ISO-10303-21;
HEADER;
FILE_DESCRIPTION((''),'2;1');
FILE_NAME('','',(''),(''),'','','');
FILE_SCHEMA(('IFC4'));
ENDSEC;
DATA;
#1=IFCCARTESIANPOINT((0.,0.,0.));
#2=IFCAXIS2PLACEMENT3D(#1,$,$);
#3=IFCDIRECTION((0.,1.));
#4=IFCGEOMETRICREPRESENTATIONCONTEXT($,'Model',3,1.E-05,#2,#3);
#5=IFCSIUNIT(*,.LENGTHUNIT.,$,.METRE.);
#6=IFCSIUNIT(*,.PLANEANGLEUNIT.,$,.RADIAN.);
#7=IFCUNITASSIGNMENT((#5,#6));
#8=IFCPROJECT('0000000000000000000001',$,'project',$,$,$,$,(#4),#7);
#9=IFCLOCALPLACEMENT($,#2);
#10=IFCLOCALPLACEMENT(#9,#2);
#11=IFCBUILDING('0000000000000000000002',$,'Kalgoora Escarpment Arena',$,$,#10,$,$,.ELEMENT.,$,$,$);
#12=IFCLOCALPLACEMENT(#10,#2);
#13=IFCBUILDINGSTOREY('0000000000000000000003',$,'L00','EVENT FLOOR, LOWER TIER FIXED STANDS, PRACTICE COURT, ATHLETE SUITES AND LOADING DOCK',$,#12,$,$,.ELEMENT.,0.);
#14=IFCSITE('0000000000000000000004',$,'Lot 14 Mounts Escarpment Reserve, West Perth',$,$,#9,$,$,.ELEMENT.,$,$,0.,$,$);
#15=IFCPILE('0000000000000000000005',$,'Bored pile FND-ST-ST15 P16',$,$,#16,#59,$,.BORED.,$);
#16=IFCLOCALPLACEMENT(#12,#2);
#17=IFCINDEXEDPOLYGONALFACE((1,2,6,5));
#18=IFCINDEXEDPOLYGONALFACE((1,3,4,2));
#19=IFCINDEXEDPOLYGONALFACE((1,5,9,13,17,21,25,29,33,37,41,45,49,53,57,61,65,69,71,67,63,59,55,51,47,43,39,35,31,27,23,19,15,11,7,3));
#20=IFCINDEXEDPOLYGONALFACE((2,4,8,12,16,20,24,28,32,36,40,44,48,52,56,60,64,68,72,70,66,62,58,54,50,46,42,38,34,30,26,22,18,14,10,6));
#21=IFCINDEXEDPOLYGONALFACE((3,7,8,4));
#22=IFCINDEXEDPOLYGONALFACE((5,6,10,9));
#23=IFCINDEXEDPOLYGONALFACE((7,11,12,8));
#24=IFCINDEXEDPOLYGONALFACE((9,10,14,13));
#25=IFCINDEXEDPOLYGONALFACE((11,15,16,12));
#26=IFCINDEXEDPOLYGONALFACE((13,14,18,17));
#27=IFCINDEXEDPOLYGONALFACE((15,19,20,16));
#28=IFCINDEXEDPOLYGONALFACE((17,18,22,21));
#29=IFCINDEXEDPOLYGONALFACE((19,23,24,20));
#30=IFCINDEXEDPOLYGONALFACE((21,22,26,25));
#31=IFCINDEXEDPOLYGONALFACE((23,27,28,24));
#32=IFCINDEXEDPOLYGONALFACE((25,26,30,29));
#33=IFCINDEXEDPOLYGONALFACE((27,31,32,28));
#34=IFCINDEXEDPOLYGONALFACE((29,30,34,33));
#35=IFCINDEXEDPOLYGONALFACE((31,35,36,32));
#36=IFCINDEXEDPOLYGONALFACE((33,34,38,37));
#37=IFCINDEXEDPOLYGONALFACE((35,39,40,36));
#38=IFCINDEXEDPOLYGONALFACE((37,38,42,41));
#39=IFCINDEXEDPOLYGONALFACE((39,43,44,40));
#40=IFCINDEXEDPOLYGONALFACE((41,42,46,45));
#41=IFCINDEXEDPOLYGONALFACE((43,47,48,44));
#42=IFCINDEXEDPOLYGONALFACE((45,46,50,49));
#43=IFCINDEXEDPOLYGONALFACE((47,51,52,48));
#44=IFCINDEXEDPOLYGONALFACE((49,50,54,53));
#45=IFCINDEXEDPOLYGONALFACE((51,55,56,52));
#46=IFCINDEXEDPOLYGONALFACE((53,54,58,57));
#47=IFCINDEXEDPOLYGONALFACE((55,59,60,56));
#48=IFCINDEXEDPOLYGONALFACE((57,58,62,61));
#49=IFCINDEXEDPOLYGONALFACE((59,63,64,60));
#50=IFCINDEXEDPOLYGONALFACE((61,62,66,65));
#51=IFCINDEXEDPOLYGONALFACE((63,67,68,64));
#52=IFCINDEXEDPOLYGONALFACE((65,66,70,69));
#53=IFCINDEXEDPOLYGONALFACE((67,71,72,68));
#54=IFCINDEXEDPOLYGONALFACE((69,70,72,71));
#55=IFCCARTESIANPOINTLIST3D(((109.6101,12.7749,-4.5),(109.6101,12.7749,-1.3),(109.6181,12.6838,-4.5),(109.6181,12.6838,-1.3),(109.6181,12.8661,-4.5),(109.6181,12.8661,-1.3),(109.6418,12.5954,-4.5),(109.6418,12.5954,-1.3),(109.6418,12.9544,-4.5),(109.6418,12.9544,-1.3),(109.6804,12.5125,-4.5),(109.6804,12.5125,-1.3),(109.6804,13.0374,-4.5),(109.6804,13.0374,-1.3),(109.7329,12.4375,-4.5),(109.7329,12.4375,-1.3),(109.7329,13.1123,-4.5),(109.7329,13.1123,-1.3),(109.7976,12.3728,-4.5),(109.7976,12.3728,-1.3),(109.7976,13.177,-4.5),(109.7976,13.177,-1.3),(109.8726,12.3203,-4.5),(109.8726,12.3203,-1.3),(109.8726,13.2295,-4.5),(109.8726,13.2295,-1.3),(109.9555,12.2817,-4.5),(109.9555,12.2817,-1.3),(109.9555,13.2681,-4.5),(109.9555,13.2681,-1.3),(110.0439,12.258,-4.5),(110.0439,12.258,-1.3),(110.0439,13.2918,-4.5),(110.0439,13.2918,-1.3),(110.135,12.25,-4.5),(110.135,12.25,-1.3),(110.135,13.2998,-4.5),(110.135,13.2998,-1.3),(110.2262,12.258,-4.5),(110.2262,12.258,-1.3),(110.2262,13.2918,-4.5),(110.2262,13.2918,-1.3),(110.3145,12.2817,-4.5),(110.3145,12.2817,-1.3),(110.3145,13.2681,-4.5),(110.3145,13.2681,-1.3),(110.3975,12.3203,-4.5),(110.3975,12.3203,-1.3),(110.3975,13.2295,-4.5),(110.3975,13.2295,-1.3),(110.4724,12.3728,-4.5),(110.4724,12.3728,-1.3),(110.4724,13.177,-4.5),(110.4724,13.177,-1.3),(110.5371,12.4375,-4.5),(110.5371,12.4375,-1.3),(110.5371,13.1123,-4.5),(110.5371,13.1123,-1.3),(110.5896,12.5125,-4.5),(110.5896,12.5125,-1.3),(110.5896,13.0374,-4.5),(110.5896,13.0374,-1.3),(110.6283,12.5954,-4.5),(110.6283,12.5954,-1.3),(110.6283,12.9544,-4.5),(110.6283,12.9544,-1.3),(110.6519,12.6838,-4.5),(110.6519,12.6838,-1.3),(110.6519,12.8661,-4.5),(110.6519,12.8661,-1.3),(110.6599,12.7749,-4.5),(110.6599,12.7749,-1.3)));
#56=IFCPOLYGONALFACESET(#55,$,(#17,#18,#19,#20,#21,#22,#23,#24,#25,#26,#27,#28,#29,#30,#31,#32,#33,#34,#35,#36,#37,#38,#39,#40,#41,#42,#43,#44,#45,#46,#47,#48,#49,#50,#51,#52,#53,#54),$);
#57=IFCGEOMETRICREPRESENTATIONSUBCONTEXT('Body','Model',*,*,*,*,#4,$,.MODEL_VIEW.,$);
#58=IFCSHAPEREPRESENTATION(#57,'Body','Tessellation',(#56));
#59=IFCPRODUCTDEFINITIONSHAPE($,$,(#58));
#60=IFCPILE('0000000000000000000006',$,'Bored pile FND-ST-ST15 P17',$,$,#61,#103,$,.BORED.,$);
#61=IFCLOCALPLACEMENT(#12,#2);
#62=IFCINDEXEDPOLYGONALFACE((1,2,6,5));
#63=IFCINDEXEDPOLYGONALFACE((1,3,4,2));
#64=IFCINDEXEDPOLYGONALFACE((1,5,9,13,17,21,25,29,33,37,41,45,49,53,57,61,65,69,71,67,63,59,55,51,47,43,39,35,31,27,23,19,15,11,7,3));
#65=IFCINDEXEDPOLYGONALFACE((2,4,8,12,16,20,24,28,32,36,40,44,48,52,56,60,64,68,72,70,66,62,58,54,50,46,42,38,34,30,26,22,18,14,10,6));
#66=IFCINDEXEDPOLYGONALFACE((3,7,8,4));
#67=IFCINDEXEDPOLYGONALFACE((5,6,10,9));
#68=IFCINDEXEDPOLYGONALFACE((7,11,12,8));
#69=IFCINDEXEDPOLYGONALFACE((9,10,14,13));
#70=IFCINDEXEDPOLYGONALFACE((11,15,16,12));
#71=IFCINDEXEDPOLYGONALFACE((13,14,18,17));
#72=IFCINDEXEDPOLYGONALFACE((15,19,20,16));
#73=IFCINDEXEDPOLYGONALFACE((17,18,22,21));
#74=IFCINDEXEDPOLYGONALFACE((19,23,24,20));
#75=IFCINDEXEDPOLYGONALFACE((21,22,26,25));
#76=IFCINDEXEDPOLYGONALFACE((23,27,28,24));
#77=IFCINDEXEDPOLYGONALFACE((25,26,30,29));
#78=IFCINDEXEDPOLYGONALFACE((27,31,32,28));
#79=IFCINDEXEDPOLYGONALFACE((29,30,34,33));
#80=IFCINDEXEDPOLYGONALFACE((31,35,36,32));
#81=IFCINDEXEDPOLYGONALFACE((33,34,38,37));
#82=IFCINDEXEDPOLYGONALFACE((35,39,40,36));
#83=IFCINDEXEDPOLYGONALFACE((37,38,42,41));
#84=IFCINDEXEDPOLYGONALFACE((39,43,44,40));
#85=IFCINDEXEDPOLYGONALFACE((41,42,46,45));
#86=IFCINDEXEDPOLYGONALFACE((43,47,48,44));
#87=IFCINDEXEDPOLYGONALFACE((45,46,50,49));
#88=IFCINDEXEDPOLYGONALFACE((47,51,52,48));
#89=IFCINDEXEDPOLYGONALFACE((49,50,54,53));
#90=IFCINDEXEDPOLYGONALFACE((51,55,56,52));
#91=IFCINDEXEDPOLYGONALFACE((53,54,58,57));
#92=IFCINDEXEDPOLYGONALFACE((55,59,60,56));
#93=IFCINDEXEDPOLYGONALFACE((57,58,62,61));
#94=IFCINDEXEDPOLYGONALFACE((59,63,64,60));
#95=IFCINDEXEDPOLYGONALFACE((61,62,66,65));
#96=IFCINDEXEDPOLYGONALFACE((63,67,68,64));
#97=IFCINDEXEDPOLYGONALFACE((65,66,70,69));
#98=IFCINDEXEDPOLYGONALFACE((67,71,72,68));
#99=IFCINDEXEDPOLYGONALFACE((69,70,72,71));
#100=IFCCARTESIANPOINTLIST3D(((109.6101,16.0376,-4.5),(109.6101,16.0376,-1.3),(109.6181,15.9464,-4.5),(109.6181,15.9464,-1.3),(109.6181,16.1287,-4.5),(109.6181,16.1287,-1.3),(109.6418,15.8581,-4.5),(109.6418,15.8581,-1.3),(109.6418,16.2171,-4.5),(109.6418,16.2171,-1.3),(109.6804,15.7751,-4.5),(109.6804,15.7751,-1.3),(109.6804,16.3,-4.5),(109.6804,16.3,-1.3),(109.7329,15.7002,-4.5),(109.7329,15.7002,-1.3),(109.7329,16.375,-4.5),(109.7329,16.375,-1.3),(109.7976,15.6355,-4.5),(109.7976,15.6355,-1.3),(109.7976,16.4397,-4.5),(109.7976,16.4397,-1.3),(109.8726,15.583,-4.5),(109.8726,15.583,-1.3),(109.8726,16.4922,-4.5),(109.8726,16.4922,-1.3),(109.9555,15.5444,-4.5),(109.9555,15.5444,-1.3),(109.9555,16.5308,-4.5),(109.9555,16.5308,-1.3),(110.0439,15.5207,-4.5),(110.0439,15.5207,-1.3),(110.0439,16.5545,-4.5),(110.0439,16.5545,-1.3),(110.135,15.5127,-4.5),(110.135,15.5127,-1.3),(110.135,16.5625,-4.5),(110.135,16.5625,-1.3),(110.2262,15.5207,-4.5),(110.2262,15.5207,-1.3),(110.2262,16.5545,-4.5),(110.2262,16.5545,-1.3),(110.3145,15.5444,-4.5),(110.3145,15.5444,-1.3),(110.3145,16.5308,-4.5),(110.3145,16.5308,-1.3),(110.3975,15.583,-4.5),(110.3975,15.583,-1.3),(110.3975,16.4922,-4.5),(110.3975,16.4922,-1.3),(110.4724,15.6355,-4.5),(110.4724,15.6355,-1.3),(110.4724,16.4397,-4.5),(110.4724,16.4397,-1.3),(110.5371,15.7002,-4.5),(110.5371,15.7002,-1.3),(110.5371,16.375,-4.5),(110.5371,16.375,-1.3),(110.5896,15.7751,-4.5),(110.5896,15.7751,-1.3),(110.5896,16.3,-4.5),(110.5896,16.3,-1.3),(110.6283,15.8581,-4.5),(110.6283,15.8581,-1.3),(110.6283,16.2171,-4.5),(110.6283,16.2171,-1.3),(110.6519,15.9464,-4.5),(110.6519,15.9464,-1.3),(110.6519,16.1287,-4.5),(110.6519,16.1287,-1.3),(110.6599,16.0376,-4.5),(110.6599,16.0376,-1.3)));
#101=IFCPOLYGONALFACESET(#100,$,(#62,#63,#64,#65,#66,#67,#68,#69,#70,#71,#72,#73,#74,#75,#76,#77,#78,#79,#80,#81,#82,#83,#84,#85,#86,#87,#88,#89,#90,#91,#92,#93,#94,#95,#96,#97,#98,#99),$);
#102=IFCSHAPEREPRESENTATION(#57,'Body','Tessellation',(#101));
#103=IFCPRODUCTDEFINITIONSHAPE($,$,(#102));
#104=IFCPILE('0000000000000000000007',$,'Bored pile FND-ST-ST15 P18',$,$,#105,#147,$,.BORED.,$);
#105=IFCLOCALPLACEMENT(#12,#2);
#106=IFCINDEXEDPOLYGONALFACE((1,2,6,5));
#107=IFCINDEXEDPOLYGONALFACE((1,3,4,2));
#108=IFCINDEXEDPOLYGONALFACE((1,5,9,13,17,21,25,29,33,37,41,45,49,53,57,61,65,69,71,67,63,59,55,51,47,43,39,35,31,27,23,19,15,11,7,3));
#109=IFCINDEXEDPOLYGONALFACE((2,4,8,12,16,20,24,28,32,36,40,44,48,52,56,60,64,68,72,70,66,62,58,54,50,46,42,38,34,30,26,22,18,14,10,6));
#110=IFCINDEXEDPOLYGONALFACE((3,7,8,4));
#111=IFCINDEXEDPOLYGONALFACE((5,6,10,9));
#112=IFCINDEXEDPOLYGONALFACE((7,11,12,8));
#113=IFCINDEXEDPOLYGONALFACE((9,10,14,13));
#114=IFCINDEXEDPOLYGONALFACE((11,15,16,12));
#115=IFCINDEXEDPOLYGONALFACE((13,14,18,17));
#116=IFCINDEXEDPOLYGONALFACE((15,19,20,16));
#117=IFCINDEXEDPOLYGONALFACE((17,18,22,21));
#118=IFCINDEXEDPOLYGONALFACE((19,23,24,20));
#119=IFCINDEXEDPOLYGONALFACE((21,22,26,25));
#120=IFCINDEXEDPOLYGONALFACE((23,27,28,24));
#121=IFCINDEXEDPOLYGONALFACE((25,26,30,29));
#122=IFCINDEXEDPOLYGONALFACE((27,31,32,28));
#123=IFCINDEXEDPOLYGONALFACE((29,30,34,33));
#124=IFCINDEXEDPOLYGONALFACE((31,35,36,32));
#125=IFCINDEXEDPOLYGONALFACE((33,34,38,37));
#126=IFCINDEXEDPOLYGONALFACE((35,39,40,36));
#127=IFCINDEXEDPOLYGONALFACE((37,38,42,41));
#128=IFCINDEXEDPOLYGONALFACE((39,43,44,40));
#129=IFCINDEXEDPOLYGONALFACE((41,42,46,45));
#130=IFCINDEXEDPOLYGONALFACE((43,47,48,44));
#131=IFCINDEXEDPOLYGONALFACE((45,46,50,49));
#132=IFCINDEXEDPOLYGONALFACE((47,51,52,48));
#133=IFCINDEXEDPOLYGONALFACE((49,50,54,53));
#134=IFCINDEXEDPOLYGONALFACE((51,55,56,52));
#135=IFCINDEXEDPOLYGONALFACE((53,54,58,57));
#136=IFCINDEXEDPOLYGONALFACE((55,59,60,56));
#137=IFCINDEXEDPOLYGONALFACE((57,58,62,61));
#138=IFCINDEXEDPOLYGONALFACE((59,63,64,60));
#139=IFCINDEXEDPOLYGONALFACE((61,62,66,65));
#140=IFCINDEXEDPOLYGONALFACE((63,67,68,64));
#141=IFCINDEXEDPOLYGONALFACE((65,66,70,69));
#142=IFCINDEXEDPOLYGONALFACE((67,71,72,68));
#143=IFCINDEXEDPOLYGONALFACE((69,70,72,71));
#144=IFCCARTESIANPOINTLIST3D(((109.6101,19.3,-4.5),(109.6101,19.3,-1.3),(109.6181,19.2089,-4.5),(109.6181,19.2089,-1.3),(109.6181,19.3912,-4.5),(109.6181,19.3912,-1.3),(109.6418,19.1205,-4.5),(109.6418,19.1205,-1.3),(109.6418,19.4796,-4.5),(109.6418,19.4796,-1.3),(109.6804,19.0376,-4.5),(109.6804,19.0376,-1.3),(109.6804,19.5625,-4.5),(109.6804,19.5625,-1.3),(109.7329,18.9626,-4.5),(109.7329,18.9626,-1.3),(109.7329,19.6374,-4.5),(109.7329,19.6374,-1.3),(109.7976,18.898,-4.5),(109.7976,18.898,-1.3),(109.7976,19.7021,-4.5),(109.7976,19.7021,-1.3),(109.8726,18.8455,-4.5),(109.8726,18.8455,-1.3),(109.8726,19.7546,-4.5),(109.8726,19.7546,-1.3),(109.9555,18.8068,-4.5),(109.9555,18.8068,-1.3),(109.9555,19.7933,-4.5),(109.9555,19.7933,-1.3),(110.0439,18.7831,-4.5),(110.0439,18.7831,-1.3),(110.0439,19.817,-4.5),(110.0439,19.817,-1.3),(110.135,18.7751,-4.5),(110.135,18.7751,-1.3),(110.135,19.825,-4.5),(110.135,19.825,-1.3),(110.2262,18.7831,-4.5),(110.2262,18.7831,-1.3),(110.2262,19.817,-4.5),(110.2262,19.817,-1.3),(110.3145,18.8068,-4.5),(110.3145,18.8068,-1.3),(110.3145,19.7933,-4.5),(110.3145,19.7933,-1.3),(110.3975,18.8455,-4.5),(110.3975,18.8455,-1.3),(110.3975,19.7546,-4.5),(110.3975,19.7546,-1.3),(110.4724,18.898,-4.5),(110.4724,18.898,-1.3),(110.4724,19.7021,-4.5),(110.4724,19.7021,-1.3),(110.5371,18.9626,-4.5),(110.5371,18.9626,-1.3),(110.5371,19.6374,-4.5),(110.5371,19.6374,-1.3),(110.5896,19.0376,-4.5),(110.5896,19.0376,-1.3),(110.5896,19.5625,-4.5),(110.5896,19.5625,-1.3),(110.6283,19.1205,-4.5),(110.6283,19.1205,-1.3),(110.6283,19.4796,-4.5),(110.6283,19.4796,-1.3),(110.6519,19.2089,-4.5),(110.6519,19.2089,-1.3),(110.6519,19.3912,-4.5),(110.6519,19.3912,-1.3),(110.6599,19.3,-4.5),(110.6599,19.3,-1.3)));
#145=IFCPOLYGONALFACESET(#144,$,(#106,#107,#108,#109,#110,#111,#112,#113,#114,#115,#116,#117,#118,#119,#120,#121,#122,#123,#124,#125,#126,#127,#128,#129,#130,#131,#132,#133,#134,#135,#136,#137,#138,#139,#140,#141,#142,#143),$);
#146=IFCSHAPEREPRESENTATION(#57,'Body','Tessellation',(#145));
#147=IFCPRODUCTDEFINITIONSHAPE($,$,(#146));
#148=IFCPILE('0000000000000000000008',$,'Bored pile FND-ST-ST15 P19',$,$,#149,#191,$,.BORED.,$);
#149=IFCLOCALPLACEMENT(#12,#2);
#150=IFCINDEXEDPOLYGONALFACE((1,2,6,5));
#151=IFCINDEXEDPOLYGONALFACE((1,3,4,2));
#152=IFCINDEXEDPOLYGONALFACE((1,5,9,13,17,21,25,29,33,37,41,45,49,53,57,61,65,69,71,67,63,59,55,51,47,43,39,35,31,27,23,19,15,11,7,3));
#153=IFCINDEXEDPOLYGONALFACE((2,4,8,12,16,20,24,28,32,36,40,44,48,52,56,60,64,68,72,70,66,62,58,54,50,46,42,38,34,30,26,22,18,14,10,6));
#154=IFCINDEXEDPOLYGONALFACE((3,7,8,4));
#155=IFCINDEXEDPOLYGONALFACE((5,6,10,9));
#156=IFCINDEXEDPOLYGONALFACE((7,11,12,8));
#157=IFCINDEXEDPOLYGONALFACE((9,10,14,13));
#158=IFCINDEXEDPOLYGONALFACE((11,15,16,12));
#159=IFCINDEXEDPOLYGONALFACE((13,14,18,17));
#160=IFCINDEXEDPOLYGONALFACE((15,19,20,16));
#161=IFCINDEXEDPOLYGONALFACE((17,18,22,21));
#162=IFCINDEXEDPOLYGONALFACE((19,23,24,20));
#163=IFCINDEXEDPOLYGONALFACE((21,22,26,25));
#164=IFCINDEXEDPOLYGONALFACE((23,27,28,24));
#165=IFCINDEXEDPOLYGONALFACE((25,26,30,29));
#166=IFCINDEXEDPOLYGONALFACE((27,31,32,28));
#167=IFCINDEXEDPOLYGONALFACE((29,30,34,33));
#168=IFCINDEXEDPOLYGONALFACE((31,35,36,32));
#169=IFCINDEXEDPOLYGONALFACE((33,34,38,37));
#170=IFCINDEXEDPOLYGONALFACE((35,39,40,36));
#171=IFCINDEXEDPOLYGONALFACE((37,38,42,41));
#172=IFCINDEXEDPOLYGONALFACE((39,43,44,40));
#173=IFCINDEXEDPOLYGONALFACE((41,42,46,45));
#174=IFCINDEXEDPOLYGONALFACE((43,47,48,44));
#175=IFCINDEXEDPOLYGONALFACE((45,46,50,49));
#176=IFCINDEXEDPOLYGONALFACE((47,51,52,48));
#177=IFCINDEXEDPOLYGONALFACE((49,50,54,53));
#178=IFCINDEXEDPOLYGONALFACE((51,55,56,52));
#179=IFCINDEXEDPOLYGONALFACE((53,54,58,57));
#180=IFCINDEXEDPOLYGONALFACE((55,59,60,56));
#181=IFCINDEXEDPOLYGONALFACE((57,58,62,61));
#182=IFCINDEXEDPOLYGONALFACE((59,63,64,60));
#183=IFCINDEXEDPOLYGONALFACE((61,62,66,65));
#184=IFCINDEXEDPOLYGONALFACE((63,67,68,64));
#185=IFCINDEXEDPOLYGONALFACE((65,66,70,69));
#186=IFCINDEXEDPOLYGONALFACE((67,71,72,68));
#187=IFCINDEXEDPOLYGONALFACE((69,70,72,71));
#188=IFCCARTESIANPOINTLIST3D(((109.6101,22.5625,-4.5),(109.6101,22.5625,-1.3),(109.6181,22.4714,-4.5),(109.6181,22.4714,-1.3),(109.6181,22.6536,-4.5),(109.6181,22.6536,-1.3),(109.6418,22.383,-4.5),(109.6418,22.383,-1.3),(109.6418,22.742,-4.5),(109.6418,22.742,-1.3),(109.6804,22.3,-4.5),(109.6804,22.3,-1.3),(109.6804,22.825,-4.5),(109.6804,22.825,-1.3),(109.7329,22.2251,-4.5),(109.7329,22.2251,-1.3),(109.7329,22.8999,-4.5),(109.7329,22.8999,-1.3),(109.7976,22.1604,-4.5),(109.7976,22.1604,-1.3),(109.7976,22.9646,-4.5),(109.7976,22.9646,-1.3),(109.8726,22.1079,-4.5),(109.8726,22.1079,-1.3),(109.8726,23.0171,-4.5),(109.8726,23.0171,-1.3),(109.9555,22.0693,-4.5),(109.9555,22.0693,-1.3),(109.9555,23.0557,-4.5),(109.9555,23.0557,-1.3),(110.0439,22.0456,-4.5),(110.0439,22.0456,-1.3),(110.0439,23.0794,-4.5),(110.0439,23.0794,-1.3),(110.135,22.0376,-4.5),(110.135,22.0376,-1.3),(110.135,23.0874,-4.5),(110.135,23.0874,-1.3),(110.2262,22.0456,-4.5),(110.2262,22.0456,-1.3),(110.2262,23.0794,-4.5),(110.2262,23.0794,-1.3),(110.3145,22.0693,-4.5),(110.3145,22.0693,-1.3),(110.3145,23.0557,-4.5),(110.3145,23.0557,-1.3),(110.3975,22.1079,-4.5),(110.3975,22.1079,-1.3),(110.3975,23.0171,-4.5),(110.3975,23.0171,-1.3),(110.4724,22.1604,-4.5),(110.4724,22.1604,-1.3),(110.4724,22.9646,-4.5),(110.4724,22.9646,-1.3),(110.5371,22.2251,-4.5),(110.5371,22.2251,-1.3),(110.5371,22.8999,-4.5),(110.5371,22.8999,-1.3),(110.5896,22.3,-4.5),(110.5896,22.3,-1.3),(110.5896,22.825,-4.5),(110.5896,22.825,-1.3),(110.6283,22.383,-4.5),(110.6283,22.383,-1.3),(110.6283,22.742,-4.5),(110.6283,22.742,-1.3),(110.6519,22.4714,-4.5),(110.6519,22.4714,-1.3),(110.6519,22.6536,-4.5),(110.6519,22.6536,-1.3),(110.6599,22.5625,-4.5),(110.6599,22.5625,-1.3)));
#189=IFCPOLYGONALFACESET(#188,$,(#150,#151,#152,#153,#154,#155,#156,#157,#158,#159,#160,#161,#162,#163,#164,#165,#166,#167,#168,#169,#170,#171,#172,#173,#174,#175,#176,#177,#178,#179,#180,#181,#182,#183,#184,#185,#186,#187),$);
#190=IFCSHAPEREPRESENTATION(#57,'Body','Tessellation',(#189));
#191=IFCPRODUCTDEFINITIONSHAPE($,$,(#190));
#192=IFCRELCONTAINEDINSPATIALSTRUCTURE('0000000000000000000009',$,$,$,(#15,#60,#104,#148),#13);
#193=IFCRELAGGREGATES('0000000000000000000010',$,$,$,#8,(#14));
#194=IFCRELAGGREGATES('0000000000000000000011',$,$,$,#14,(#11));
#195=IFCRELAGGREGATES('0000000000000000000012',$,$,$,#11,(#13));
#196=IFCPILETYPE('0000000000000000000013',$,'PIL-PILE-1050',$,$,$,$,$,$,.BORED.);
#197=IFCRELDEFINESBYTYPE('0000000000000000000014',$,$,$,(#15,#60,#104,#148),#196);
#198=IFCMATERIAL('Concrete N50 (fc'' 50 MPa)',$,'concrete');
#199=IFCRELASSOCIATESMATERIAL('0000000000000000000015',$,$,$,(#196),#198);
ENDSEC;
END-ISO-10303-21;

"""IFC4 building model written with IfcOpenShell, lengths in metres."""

from ifc_helpers import new_model, si_unit, direction, frame, origin, origin_2d, place, context, subcontext, project, spatial, circle, extrude, material, material_profile, profile_set, type_object, element, save


model = new_model("IFC4")

# Units and contexts
model_context = context("Model", 3, precision=1e-05, world=origin(), true_north=direction((0.0, 1.0)))
body_context = subcontext(model_context, "Body", "Model", "MODEL_VIEW")
ifc_project = project(units=[si_unit("LENGTHUNIT", "METRE"), si_unit("PLANEANGLEUNIT", "RADIAN")], contexts=[model_context])

# Site, building, storey
site_placement = place(None, origin())
site = spatial("IfcSite", under=ifc_project, at=site_placement, Name="Lot 14 Mounts Escarpment Reserve, West Perth", CompositionType="ELEMENT", RefElevation=0.0)
building_placement = place(site_placement, origin())
building = spatial("IfcBuilding", under=site, at=building_placement, Name="Kalgoora Escarpment Arena", CompositionType="ELEMENT")
storey_placement = place(building_placement, origin())
storey = spatial("IfcBuildingStorey", under=building, at=storey_placement, Name="L00", Description="EVENT FLOOR, LOWER TIER FIXED STANDS, PRACTICE COURT, ATHLETE SUITES AND LOADING DOCK", CompositionType="ELEMENT", Elevation=0.0)

# Piles
ifc_material_1 = material(Name="Concrete N50 (fc' 50 MPa)", Category="concrete")
ifc_material_profile_1 = material_profile(ifc_material_1, circle(Radius=0.5249, at=origin_2d()))
ifc_profile_set_1 = profile_set([ifc_material_profile_1], Name="Concrete N50 (fc' 50 MPa)")
pile_type = type_object("IfcPileType", Name="PIL-PILE-1050", PredefinedType="BORED", material=ifc_profile_set_1)
for number, where, z_axis, x_axis, name in (
    (1, (110.135, 12.7749, -1.3), (0.0, 0.0, -1.0), (1.0, 0.0, 0.0), "Bored pile FND-ST-ST15 P16"),
    (2, (110.135, 16.0376, -1.3), (0.0, 0.0, -1.0), (1.0, 0.0, 0.0), "Bored pile FND-ST-ST15 P17"),
    (3, (110.135, 19.3, -1.3), (0.0, 0.0, -1.0), (1.0, 0.0, 0.0), "Bored pile FND-ST-ST15 P18"),
    (4, (110.135, 22.5625, -1.3), (0.0, 0.0, -1.0), (1.0, 0.0, 0.0), "Bored pile FND-ST-ST15 P19"),
):
    element("IfcPile", number, at=place(storey_placement, frame(where, z_axis=z_axis, x_axis=x_axis)), inside=storey, type_object=pile_type, Name=name, PredefinedType="BORED", context=body_context, shape_type="SweptSolid", body=[
        extrude(circle(Radius=0.5249, at=origin_2d()), origin(), (0.0, 0.0, 1.0), 3.2),
    ])

save(model, "model.ifc")
